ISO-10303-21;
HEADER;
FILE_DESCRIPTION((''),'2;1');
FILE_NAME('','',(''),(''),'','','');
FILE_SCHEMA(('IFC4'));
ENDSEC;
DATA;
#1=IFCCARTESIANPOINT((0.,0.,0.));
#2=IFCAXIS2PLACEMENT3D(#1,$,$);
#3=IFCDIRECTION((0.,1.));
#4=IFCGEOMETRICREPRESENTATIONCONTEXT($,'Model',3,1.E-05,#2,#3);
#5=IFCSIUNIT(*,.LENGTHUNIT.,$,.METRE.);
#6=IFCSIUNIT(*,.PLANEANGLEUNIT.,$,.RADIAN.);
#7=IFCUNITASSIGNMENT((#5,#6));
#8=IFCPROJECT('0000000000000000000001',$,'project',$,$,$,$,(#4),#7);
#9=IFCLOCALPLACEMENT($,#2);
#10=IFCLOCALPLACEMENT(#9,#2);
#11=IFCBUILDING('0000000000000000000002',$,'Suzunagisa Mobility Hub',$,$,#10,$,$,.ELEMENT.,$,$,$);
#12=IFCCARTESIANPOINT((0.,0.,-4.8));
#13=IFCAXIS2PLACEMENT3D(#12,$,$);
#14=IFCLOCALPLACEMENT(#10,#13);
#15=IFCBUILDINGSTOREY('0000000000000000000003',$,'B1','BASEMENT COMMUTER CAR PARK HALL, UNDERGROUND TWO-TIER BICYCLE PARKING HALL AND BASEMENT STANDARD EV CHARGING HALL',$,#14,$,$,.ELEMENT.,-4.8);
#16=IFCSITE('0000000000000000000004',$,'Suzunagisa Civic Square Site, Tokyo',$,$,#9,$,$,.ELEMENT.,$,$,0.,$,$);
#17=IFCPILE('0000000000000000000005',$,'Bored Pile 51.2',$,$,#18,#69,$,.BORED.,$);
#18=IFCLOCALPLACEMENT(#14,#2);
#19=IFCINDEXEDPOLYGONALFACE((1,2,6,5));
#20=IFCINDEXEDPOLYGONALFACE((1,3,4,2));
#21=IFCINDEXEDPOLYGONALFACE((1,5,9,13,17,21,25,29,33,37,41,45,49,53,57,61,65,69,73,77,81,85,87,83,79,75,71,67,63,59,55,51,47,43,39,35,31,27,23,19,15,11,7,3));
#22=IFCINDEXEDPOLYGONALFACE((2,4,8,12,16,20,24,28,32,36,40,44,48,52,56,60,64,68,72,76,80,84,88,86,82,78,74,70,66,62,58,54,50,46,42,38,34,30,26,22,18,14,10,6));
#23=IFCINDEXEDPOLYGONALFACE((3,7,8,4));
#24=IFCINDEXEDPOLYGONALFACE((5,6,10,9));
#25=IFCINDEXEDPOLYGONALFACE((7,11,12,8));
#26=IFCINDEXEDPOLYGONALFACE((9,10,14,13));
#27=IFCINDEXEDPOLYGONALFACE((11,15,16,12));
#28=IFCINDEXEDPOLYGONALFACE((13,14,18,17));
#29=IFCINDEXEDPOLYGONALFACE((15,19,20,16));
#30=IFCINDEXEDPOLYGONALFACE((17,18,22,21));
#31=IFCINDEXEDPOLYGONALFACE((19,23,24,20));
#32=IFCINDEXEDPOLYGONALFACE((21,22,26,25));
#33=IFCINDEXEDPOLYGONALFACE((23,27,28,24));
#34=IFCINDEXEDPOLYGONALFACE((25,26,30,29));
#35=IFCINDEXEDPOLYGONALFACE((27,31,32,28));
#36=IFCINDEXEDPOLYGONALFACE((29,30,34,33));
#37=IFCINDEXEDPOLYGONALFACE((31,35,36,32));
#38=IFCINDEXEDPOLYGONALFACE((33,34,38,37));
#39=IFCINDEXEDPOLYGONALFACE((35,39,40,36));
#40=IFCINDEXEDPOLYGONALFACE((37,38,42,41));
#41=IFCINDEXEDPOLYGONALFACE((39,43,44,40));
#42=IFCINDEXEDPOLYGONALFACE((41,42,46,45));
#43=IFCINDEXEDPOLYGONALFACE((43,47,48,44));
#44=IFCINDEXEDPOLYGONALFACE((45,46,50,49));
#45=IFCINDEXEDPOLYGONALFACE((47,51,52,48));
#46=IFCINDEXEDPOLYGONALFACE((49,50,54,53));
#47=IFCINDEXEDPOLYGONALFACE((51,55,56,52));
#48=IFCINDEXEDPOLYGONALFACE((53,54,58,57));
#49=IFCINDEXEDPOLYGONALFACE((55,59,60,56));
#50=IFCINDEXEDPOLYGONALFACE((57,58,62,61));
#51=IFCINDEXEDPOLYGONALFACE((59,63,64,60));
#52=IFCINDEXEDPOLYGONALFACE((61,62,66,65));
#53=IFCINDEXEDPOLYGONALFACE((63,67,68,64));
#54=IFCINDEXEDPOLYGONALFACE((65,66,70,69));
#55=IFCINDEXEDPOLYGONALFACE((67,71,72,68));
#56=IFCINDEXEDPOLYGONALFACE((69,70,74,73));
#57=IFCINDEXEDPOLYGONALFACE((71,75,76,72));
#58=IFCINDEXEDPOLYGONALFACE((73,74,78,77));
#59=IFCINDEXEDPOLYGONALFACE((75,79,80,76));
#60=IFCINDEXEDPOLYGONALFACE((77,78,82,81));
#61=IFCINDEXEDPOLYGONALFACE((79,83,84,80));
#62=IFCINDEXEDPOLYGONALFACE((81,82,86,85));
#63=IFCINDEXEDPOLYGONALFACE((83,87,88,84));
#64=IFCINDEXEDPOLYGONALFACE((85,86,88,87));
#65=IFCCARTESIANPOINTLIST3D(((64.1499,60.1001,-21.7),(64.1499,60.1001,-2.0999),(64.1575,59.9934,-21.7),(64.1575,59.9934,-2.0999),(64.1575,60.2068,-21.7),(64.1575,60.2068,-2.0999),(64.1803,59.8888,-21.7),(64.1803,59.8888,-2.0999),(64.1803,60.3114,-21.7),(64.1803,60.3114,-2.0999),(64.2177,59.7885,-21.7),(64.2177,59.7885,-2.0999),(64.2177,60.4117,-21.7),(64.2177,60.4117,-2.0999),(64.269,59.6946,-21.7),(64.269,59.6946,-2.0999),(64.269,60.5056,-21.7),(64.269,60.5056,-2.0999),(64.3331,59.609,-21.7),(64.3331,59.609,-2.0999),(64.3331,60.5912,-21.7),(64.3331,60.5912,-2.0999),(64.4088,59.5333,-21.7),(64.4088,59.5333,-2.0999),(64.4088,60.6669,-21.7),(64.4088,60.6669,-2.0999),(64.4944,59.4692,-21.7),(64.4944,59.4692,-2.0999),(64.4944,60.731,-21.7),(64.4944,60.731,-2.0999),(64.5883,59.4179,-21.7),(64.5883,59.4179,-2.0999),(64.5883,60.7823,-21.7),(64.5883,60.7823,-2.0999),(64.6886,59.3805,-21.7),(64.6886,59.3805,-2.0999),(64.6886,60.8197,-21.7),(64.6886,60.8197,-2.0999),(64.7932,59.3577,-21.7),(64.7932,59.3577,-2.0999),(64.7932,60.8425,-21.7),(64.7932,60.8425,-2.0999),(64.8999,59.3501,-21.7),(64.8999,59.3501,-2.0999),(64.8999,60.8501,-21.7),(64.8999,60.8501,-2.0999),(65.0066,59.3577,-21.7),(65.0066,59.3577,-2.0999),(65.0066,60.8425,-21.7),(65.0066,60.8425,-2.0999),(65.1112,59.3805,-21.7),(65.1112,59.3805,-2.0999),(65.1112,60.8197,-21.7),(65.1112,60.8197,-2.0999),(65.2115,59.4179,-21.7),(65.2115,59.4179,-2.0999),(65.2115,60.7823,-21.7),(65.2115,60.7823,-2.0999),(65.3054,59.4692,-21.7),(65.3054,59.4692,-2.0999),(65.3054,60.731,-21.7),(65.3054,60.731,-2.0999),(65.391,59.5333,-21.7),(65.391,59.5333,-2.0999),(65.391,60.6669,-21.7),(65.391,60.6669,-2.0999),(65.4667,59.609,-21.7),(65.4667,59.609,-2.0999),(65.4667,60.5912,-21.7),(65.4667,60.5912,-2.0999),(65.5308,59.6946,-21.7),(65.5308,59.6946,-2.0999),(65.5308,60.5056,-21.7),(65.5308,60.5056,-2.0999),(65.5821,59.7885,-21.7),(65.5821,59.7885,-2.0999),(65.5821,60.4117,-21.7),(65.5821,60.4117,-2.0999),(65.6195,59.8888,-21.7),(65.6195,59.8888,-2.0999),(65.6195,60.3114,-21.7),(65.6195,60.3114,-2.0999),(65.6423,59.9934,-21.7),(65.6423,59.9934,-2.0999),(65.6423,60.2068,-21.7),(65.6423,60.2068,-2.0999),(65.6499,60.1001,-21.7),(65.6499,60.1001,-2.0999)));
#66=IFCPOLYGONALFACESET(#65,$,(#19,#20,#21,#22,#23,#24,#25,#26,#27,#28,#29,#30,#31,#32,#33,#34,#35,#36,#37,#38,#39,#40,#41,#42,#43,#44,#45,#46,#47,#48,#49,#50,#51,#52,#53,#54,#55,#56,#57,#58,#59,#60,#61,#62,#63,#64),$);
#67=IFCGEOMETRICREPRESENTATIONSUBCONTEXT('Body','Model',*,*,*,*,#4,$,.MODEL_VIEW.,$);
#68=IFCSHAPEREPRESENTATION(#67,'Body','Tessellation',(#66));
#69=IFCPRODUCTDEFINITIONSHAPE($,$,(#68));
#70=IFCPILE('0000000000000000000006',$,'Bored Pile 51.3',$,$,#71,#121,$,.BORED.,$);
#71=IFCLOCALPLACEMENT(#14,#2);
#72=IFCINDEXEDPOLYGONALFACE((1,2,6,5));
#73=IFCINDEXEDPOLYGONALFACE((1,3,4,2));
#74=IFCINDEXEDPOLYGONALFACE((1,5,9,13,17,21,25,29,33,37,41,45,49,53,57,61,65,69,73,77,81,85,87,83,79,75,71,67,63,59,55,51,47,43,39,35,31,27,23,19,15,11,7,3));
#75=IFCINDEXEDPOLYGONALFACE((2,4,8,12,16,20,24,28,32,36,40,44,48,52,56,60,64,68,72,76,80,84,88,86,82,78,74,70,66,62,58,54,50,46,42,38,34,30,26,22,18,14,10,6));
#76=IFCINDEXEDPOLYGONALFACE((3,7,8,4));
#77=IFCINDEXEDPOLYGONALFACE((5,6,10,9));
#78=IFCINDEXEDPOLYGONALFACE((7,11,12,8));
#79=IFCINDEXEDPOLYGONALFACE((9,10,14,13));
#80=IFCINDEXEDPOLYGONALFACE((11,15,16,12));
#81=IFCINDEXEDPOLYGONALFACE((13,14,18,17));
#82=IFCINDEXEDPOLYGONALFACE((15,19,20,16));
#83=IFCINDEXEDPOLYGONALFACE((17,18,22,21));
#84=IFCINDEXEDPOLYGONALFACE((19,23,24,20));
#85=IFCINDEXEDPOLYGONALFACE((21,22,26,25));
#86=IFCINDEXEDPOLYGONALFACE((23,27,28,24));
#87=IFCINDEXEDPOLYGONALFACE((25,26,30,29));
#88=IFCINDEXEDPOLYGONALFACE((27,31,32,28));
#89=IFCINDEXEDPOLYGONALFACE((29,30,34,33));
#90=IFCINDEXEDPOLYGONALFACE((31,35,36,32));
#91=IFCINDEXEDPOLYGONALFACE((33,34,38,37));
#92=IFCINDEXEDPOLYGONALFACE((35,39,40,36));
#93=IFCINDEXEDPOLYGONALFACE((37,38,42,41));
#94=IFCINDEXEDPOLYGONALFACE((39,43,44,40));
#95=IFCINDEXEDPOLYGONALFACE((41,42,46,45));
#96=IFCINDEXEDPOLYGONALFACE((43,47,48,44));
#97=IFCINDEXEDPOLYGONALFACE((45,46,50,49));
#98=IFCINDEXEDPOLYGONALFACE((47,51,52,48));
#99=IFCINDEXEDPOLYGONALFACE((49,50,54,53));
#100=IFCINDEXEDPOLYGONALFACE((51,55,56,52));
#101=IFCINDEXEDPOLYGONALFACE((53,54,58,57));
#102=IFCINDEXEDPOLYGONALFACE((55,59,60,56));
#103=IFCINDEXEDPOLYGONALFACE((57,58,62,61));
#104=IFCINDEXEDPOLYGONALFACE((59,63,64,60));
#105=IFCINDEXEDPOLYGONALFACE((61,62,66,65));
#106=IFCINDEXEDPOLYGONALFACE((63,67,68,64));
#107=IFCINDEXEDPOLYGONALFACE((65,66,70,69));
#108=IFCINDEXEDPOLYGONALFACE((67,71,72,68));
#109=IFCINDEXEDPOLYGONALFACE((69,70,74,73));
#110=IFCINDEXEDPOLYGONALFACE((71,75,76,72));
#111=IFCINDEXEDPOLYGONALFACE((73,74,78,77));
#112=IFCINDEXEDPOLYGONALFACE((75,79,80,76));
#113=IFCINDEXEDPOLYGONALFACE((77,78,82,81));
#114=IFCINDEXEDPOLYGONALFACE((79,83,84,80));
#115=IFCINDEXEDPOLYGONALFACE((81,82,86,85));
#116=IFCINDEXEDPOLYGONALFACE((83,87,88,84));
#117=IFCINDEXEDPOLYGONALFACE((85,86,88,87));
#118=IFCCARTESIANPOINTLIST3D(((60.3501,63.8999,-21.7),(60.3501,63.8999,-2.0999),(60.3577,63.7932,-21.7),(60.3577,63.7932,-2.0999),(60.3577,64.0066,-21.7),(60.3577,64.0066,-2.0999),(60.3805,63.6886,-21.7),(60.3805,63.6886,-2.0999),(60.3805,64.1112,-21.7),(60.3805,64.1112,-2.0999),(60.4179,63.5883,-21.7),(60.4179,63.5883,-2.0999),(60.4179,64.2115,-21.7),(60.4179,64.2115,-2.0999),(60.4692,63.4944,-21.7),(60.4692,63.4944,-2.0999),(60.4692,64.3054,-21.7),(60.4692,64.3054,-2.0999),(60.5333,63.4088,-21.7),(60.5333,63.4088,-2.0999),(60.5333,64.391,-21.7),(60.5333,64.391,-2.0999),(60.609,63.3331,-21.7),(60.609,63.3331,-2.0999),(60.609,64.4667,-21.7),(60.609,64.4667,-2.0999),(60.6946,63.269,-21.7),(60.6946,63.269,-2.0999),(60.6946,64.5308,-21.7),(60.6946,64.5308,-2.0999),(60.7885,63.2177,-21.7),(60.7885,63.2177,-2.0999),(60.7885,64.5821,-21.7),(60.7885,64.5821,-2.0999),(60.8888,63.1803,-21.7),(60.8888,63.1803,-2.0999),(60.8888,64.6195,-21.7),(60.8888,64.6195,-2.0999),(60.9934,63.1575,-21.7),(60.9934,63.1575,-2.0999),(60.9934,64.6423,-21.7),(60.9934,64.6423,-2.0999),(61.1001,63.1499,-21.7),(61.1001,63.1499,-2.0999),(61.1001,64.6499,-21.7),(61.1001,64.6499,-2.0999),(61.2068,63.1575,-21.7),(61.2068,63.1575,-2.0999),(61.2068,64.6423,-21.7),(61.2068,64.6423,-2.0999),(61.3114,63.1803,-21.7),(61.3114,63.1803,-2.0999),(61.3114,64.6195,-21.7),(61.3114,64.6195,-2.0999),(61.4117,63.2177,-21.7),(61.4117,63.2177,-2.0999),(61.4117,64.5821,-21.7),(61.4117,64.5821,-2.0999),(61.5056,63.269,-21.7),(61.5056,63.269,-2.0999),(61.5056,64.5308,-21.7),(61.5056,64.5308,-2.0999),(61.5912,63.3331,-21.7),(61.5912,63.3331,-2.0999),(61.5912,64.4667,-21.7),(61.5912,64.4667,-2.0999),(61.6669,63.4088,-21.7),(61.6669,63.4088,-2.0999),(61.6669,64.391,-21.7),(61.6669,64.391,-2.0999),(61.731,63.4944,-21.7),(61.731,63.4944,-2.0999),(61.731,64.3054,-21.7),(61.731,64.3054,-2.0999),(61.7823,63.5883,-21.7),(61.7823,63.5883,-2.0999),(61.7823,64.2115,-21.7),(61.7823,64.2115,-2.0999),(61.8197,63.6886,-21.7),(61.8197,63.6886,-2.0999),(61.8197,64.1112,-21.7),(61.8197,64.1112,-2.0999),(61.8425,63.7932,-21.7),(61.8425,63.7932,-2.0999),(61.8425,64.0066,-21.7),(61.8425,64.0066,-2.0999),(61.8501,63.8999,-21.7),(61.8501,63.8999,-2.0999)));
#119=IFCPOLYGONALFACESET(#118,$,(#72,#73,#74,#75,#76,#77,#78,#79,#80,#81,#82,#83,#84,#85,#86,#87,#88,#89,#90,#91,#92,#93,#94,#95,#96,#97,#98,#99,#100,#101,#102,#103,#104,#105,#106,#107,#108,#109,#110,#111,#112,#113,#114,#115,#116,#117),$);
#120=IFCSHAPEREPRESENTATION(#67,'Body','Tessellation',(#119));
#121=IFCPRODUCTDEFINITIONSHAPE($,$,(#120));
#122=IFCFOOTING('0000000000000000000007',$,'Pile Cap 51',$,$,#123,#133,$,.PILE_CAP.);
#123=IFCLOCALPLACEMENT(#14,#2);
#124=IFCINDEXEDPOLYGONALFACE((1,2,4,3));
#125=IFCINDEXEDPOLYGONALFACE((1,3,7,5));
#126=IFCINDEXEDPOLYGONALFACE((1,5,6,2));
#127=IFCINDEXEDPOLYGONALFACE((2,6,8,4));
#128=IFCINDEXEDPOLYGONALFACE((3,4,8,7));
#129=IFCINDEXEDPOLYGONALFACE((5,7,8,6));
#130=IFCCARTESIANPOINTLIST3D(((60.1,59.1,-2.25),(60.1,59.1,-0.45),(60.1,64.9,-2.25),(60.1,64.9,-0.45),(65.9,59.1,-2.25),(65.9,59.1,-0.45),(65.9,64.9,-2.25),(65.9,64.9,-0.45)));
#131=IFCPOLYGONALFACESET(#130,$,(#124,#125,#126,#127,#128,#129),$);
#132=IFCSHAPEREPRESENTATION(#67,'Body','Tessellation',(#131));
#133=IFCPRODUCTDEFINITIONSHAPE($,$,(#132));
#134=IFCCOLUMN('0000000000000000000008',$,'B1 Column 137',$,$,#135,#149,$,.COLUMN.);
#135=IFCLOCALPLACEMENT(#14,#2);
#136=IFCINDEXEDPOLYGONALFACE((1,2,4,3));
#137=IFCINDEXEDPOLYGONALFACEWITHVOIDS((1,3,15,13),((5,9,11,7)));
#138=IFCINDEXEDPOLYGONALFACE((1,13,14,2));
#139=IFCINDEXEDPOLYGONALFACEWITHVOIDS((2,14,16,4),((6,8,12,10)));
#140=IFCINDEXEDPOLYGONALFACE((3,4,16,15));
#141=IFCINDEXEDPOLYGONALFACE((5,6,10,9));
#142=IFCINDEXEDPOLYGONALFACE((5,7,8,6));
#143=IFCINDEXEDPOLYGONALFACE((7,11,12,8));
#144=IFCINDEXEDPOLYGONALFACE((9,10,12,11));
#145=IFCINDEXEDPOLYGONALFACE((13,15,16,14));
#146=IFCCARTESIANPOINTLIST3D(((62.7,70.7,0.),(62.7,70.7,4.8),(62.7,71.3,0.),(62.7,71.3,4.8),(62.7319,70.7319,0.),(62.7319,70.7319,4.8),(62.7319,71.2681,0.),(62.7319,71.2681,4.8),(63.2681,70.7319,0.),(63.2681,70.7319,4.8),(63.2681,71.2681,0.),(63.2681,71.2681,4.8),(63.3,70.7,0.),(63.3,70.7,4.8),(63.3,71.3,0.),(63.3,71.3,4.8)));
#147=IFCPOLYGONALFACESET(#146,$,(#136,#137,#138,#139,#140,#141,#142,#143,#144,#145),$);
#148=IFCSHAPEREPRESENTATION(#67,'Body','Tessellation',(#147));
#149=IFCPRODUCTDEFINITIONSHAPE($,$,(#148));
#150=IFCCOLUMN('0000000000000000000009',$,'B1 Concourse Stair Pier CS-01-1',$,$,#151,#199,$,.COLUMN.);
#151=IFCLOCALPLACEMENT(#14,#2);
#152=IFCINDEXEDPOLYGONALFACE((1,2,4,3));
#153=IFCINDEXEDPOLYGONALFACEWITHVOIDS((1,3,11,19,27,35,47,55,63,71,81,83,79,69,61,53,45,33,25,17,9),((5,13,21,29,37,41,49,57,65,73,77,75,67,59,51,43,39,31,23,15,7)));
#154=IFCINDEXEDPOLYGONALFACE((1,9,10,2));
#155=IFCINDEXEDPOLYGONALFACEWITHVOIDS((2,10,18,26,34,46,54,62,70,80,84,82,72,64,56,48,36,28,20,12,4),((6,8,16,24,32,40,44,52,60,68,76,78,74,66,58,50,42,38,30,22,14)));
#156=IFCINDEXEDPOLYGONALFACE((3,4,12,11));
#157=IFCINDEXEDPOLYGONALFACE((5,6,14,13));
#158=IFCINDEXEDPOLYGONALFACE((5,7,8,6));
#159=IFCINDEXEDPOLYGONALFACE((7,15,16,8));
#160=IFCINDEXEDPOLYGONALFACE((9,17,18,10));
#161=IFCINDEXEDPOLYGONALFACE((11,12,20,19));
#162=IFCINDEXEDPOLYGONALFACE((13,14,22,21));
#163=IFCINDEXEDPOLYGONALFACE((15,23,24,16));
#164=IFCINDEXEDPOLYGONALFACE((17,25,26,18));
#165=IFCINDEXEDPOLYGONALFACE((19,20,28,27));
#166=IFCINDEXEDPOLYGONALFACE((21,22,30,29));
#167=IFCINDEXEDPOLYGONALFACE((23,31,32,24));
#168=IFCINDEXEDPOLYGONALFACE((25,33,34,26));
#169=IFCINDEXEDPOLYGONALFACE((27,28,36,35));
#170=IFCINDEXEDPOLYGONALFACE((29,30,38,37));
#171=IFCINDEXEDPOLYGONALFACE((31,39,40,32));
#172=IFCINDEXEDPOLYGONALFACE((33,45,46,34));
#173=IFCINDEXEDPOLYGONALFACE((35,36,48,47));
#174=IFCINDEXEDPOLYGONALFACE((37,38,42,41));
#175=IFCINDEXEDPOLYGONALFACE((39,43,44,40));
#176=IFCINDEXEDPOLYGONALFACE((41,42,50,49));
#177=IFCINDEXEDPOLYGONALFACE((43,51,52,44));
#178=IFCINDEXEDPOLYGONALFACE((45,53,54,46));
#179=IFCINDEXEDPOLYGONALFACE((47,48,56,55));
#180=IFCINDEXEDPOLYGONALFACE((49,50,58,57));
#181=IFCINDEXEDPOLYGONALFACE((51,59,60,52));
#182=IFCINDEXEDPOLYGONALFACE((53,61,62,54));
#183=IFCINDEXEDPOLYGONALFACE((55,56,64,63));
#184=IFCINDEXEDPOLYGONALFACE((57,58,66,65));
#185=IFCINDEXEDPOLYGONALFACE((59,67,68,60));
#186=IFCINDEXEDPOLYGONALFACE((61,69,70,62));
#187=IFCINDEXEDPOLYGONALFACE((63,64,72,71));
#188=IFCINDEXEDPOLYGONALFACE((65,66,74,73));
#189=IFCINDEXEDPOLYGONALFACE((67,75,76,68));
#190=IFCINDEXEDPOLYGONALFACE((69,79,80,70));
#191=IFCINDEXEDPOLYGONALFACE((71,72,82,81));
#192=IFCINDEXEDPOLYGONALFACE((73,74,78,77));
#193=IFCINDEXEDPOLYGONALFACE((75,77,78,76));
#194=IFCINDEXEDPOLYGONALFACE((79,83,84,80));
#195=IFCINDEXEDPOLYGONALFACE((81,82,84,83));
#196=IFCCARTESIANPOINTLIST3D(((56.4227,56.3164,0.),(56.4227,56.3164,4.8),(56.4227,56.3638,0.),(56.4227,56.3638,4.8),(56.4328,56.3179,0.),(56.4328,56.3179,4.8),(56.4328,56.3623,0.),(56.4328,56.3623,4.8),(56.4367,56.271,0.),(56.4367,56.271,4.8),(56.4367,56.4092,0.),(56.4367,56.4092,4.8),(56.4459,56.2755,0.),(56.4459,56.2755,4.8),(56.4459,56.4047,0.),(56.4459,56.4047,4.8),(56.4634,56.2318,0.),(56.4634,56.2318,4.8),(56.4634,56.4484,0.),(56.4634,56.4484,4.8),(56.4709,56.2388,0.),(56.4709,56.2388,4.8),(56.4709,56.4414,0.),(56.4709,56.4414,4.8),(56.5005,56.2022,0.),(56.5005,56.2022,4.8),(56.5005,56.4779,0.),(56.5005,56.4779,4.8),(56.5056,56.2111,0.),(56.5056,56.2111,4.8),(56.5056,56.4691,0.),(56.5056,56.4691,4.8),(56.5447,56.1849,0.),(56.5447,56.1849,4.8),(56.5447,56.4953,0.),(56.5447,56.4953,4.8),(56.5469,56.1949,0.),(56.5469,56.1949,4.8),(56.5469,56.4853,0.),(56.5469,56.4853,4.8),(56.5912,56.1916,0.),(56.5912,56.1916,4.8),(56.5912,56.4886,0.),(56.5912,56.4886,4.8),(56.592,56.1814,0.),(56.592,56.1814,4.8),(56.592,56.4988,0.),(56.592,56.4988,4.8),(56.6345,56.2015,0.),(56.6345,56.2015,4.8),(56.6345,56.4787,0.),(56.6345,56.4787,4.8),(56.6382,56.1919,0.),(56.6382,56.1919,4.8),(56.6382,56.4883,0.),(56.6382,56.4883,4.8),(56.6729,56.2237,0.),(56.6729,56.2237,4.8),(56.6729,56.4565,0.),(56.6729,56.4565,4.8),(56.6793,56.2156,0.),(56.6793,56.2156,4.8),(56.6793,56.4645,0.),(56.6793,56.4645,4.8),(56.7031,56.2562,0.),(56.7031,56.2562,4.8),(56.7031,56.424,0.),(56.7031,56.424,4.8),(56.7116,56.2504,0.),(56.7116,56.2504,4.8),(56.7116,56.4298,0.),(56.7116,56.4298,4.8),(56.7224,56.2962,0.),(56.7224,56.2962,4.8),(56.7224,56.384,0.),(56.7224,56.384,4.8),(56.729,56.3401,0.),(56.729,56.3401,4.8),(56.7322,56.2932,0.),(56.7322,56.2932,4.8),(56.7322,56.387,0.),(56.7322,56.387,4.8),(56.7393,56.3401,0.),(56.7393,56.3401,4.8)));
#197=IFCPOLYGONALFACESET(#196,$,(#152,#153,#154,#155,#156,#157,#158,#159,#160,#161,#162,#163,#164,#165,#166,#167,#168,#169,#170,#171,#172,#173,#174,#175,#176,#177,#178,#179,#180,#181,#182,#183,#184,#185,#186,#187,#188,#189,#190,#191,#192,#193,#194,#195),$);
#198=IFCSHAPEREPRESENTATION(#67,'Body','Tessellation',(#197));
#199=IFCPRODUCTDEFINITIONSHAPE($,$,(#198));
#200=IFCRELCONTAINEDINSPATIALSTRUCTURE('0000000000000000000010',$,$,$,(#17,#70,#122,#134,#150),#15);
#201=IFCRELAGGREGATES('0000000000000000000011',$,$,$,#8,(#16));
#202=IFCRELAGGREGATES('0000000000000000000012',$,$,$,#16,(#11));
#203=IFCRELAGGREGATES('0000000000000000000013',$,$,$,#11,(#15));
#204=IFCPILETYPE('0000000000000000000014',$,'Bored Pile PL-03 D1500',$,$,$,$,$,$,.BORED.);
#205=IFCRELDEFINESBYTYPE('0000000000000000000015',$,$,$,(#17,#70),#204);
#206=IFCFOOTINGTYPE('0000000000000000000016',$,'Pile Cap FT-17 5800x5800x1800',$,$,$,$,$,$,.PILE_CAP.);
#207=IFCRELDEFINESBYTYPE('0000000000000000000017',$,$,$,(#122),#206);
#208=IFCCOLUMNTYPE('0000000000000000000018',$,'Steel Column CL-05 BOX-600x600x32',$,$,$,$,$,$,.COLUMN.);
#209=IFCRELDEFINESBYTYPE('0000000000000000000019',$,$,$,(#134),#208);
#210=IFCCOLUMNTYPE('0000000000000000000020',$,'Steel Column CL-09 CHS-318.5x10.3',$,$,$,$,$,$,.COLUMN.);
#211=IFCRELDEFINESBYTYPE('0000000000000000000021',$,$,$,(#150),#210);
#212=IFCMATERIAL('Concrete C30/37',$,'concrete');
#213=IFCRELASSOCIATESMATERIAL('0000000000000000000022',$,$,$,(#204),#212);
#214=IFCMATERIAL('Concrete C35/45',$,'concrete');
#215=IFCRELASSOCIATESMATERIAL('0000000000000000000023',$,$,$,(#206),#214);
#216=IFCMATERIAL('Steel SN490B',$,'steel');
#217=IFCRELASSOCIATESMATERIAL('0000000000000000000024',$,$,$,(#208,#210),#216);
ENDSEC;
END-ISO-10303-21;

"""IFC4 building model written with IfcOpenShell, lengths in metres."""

from ifc_helpers import new_model, si_unit, direction, frame, origin, origin_2d, place, context, subcontext, project, spatial, rectangle, hollow_rectangle, circle, hollow_circle, extrude, material, material_profile, profile_set, type_object, element, save


model = new_model("IFC4")

# Units and contexts
model_context = context("Model", 3, precision=1e-05, world=origin(), true_north=direction((0.0, 1.0)))
body_context = subcontext(model_context, "Body", "Model", "MODEL_VIEW")
ifc_project = project(units=[si_unit("LENGTHUNIT", "METRE"), si_unit("PLANEANGLEUNIT", "RADIAN")], contexts=[model_context])

# Site, building, storey
site_placement = place(None, origin())
site = spatial("IfcSite", under=ifc_project, at=site_placement, Name="Suzunagisa Civic Square Site, Tokyo", CompositionType="ELEMENT", RefElevation=0.0)
building_placement = place(site_placement, origin())
building = spatial("IfcBuilding", under=site, at=building_placement, Name="Suzunagisa Mobility Hub", CompositionType="ELEMENT")
storey_placement = place(building_placement, frame((0.0, 0.0, -4.8)))
storey = spatial("IfcBuildingStorey", under=building, at=storey_placement, Name="B1", Description="BASEMENT COMMUTER CAR PARK HALL, UNDERGROUND TWO-TIER BICYCLE PARKING HALL AND BASEMENT STANDARD EV CHARGING HALL", CompositionType="ELEMENT", Elevation=-4.8)

# Piles
ifc_material_1 = material(Name="Concrete C30/37", Category="concrete")
ifc_material_profile_1 = material_profile(ifc_material_1, circle(Radius=0.75, at=origin_2d()), Name="BORED PILE D1500")
ifc_profile_set_1 = profile_set([ifc_material_profile_1], Name="Concrete C30/37")
pile_type_1 = type_object("IfcPileType", Name="Bored Pile PL-03 D1500", PredefinedType="BORED", material=ifc_profile_set_1)
for number, where, z_axis, x_axis, name in (
    (1, (64.8999, 60.1001, -2.0999), (0.0, 0.0, -1.0), (1.0, 0.0, 0.0), "Bored Pile 51.2"),
    (2, (61.1001, 63.8999, -2.0999), (0.0, 0.0, -1.0), (1.0, 0.0, 0.0), "Bored Pile 51.3"),
):
    element("IfcPile", number, at=place(storey_placement, frame(where, z_axis=z_axis, x_axis=x_axis)), inside=storey, type_object=pile_type_1, Name=name, PredefinedType="BORED", context=body_context, shape_type="SweptSolid", body=[
        extrude(circle(Radius=0.75, at=origin_2d()), origin(), (0.0, 0.0, 1.0), 19.6001),
    ])

# Footing
ifc_material_2 = material(Name="Concrete C35/45", Category="concrete")
footing_type = type_object("IfcFootingType", Name="Pile Cap FT-17 5800x5800x1800", PredefinedType="PILE_CAP", material=ifc_material_2)
footing_placement = place(storey_placement, frame((63.0, 62.0, -2.25), z_axis=(0.0, 0.0, 1.0), x_axis=(1.0, 0.0, 0.0)))
element("IfcFooting", 3, at=footing_placement, inside=storey, type_object=footing_type, Name="Pile Cap 51", PredefinedType="PILE_CAP", context=body_context, shape_type="SweptSolid", body=[
    extrude(rectangle(XDim=5.8, YDim=5.8, at=origin_2d()), origin(), (0.0, 0.0, 1.0), 1.8),
])

# Columns
ifc_material_3 = material(Name="Steel SN490B", Category="steel")
ifc_material_profile_2 = material_profile(ifc_material_3, hollow_rectangle(XDim=0.6001, YDim=0.6001, WallThickness=0.032, at=origin_2d()), Name="BOX-600x600x32")
ifc_profile_set_2 = profile_set([ifc_material_profile_2], Name="Steel SN490B")
column_type_1 = type_object("IfcColumnType", Name="Steel Column CL-05 BOX-600x600x32", PredefinedType="COLUMN", material=ifc_profile_set_2)
column_1_placement = place(storey_placement, frame((63.0, 71.0, 0.0), z_axis=(0.0, 0.0, 1.0), x_axis=(1.0, 0.0, 0.0)))
element("IfcColumn", 4, at=column_1_placement, inside=storey, type_object=column_type_1, Name="B1 Column 137", PredefinedType="COLUMN", context=body_context, shape_type="SweptSolid", body=[
    extrude(hollow_rectangle(XDim=0.6001, YDim=0.6001, WallThickness=0.032, at=origin_2d()), origin(), (0.0, 0.0, 1.0), 4.8),
])
ifc_material_profile_3 = material_profile(ifc_material_3, hollow_circle(Radius=0.1592, WallThickness=0.0103, at=origin_2d()), Name="CHS-318.5x10.3")
ifc_profile_set_3 = profile_set([ifc_material_profile_3], Name="Steel SN490B")
column_type_2 = type_object("IfcColumnType", Name="Steel Column CL-09 CHS-318.5x10.3", PredefinedType="COLUMN", material=ifc_profile_set_3)
for number, where, z_axis, x_axis, name in (
    (5, (56.5801, 56.3401, 0.0), (0.0, 0.0, 1.0), (1.0, 0.0, 0.0), "B1 Concourse Stair Pier CS-01-1"),
):
    element("IfcColumn", number, at=place(storey_placement, frame(where, z_axis=z_axis, x_axis=x_axis)), inside=storey, type_object=column_type_2, Name=name, PredefinedType="COLUMN", context=body_context, shape_type="SweptSolid", body=[
        extrude(hollow_circle(Radius=0.1592, WallThickness=0.0103, at=origin_2d()), origin(), (0.0, 0.0, 1.0), 4.8),
    ])

save(model, "model.ifc")
